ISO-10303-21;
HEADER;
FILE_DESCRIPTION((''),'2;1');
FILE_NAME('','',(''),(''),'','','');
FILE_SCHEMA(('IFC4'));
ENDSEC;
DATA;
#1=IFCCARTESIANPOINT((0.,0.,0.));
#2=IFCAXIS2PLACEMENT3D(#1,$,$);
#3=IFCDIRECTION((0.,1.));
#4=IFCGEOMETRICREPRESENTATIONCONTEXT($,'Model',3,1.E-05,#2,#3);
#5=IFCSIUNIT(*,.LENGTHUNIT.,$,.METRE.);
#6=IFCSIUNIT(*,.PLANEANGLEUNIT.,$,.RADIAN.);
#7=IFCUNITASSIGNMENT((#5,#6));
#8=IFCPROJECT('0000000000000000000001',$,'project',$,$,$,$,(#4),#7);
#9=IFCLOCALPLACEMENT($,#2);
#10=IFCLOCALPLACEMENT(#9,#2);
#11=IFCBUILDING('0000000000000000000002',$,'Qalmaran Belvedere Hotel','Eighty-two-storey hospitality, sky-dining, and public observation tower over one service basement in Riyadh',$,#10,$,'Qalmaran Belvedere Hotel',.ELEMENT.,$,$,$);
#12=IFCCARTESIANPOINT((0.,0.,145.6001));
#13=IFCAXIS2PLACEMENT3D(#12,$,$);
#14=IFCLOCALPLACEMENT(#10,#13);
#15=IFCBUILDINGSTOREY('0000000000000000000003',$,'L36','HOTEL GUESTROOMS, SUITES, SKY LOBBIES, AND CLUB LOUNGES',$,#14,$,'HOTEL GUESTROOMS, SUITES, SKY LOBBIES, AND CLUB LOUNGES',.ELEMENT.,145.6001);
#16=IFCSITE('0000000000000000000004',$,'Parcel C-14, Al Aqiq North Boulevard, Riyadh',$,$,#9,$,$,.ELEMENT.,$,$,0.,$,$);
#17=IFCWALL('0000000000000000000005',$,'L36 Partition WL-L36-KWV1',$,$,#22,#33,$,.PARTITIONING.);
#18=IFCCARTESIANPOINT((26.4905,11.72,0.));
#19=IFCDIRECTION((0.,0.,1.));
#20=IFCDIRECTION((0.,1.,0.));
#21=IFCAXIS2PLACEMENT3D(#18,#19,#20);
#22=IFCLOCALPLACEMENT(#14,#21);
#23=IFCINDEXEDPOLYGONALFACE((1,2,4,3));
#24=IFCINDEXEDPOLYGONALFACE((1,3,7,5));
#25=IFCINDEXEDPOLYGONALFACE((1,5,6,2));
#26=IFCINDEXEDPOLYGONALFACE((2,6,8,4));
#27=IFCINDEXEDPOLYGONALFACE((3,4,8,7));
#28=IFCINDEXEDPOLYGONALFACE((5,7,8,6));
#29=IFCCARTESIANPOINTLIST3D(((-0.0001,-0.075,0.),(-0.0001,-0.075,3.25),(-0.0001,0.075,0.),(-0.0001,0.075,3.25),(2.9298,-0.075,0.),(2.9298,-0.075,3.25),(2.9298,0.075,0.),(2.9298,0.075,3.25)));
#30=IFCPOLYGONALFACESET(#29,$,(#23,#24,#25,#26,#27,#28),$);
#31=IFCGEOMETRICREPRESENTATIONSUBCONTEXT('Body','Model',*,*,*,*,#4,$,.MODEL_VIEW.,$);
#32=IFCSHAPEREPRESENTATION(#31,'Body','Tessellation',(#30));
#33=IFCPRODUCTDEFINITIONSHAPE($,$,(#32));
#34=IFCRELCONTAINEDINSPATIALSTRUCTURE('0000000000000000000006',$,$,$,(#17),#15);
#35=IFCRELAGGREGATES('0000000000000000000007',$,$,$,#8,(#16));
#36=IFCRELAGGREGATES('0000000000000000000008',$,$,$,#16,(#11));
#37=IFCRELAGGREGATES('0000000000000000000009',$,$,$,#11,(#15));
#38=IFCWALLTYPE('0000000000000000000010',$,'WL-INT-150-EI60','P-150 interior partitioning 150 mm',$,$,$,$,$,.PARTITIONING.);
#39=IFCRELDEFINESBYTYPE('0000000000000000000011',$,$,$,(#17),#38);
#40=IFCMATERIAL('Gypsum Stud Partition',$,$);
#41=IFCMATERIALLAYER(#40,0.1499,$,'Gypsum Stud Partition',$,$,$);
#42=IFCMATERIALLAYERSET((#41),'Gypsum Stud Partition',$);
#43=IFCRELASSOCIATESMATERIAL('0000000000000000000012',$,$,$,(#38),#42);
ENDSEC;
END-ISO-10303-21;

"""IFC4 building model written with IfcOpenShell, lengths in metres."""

from ifc_helpers import new_model, si_unit, direction, frame, frame_2d, origin, place, context, subcontext, project, spatial, rectangle, extrude, material, layer, layer_set, type_object, element, save


model = new_model("IFC4")

# Units and contexts
model_context = context("Model", 3, precision=1e-05, world=origin(), true_north=direction((0.0, 1.0)))
body_context = subcontext(model_context, "Body", "Model", "MODEL_VIEW")
ifc_project = project(units=[si_unit("LENGTHUNIT", "METRE"), si_unit("PLANEANGLEUNIT", "RADIAN")], contexts=[model_context])

# Site, building, storey
site_placement = place(None, origin())
site = spatial("IfcSite", under=ifc_project, at=site_placement, Name="Parcel C-14, Al Aqiq North Boulevard, Riyadh", CompositionType="ELEMENT", RefElevation=0.0)
building_placement = place(site_placement, origin())
building = spatial("IfcBuilding", under=site, at=building_placement, Name="Qalmaran Belvedere Hotel", Description="Eighty-two-storey hospitality, sky-dining, and public observation tower over one service basement in Riyadh", LongName="Qalmaran Belvedere Hotel", CompositionType="ELEMENT")
storey_placement = place(building_placement, frame((0.0, 0.0, 145.6001)))
storey = spatial("IfcBuildingStorey", under=building, at=storey_placement, Name="L36", Description="HOTEL GUESTROOMS, SUITES, SKY LOBBIES, AND CLUB LOUNGES", LongName="HOTEL GUESTROOMS, SUITES, SKY LOBBIES, AND CLUB LOUNGES", CompositionType="ELEMENT", Elevation=145.6001)

# Wall
ifc_material_1 = material(Name="Gypsum Stud Partition")
ifc_layer_1 = layer(ifc_material_1, 0.1499, Name="Gypsum Stud Partition")
ifc_layer_set_1 = layer_set([ifc_layer_1], Name="Gypsum Stud Partition")
wall_type_1 = type_object("IfcWallType", Name="WL-INT-150-EI60", Description="P-150 interior partitioning 150 mm", PredefinedType="PARTITIONING", material=ifc_layer_set_1)
wall_1_placement = place(storey_placement, frame((26.4905, 11.72, 0.0), z_axis=(0.0, 0.0, 1.0), x_axis=(0.0, 1.0, 0.0)))
element("IfcWall", 1, at=wall_1_placement, inside=storey, type_object=wall_type_1, Name="L36 Partition WL-L36-KWV1", PredefinedType="PARTITIONING", context=body_context, shape_type="SweptSolid", body=[
    extrude(rectangle(XDim=2.9299, YDim=0.1499, at=frame_2d((1.4648, 0.0))), origin(), (0.0, 0.0, 1.0), 3.25),
])

save(model, "model.ifc")
